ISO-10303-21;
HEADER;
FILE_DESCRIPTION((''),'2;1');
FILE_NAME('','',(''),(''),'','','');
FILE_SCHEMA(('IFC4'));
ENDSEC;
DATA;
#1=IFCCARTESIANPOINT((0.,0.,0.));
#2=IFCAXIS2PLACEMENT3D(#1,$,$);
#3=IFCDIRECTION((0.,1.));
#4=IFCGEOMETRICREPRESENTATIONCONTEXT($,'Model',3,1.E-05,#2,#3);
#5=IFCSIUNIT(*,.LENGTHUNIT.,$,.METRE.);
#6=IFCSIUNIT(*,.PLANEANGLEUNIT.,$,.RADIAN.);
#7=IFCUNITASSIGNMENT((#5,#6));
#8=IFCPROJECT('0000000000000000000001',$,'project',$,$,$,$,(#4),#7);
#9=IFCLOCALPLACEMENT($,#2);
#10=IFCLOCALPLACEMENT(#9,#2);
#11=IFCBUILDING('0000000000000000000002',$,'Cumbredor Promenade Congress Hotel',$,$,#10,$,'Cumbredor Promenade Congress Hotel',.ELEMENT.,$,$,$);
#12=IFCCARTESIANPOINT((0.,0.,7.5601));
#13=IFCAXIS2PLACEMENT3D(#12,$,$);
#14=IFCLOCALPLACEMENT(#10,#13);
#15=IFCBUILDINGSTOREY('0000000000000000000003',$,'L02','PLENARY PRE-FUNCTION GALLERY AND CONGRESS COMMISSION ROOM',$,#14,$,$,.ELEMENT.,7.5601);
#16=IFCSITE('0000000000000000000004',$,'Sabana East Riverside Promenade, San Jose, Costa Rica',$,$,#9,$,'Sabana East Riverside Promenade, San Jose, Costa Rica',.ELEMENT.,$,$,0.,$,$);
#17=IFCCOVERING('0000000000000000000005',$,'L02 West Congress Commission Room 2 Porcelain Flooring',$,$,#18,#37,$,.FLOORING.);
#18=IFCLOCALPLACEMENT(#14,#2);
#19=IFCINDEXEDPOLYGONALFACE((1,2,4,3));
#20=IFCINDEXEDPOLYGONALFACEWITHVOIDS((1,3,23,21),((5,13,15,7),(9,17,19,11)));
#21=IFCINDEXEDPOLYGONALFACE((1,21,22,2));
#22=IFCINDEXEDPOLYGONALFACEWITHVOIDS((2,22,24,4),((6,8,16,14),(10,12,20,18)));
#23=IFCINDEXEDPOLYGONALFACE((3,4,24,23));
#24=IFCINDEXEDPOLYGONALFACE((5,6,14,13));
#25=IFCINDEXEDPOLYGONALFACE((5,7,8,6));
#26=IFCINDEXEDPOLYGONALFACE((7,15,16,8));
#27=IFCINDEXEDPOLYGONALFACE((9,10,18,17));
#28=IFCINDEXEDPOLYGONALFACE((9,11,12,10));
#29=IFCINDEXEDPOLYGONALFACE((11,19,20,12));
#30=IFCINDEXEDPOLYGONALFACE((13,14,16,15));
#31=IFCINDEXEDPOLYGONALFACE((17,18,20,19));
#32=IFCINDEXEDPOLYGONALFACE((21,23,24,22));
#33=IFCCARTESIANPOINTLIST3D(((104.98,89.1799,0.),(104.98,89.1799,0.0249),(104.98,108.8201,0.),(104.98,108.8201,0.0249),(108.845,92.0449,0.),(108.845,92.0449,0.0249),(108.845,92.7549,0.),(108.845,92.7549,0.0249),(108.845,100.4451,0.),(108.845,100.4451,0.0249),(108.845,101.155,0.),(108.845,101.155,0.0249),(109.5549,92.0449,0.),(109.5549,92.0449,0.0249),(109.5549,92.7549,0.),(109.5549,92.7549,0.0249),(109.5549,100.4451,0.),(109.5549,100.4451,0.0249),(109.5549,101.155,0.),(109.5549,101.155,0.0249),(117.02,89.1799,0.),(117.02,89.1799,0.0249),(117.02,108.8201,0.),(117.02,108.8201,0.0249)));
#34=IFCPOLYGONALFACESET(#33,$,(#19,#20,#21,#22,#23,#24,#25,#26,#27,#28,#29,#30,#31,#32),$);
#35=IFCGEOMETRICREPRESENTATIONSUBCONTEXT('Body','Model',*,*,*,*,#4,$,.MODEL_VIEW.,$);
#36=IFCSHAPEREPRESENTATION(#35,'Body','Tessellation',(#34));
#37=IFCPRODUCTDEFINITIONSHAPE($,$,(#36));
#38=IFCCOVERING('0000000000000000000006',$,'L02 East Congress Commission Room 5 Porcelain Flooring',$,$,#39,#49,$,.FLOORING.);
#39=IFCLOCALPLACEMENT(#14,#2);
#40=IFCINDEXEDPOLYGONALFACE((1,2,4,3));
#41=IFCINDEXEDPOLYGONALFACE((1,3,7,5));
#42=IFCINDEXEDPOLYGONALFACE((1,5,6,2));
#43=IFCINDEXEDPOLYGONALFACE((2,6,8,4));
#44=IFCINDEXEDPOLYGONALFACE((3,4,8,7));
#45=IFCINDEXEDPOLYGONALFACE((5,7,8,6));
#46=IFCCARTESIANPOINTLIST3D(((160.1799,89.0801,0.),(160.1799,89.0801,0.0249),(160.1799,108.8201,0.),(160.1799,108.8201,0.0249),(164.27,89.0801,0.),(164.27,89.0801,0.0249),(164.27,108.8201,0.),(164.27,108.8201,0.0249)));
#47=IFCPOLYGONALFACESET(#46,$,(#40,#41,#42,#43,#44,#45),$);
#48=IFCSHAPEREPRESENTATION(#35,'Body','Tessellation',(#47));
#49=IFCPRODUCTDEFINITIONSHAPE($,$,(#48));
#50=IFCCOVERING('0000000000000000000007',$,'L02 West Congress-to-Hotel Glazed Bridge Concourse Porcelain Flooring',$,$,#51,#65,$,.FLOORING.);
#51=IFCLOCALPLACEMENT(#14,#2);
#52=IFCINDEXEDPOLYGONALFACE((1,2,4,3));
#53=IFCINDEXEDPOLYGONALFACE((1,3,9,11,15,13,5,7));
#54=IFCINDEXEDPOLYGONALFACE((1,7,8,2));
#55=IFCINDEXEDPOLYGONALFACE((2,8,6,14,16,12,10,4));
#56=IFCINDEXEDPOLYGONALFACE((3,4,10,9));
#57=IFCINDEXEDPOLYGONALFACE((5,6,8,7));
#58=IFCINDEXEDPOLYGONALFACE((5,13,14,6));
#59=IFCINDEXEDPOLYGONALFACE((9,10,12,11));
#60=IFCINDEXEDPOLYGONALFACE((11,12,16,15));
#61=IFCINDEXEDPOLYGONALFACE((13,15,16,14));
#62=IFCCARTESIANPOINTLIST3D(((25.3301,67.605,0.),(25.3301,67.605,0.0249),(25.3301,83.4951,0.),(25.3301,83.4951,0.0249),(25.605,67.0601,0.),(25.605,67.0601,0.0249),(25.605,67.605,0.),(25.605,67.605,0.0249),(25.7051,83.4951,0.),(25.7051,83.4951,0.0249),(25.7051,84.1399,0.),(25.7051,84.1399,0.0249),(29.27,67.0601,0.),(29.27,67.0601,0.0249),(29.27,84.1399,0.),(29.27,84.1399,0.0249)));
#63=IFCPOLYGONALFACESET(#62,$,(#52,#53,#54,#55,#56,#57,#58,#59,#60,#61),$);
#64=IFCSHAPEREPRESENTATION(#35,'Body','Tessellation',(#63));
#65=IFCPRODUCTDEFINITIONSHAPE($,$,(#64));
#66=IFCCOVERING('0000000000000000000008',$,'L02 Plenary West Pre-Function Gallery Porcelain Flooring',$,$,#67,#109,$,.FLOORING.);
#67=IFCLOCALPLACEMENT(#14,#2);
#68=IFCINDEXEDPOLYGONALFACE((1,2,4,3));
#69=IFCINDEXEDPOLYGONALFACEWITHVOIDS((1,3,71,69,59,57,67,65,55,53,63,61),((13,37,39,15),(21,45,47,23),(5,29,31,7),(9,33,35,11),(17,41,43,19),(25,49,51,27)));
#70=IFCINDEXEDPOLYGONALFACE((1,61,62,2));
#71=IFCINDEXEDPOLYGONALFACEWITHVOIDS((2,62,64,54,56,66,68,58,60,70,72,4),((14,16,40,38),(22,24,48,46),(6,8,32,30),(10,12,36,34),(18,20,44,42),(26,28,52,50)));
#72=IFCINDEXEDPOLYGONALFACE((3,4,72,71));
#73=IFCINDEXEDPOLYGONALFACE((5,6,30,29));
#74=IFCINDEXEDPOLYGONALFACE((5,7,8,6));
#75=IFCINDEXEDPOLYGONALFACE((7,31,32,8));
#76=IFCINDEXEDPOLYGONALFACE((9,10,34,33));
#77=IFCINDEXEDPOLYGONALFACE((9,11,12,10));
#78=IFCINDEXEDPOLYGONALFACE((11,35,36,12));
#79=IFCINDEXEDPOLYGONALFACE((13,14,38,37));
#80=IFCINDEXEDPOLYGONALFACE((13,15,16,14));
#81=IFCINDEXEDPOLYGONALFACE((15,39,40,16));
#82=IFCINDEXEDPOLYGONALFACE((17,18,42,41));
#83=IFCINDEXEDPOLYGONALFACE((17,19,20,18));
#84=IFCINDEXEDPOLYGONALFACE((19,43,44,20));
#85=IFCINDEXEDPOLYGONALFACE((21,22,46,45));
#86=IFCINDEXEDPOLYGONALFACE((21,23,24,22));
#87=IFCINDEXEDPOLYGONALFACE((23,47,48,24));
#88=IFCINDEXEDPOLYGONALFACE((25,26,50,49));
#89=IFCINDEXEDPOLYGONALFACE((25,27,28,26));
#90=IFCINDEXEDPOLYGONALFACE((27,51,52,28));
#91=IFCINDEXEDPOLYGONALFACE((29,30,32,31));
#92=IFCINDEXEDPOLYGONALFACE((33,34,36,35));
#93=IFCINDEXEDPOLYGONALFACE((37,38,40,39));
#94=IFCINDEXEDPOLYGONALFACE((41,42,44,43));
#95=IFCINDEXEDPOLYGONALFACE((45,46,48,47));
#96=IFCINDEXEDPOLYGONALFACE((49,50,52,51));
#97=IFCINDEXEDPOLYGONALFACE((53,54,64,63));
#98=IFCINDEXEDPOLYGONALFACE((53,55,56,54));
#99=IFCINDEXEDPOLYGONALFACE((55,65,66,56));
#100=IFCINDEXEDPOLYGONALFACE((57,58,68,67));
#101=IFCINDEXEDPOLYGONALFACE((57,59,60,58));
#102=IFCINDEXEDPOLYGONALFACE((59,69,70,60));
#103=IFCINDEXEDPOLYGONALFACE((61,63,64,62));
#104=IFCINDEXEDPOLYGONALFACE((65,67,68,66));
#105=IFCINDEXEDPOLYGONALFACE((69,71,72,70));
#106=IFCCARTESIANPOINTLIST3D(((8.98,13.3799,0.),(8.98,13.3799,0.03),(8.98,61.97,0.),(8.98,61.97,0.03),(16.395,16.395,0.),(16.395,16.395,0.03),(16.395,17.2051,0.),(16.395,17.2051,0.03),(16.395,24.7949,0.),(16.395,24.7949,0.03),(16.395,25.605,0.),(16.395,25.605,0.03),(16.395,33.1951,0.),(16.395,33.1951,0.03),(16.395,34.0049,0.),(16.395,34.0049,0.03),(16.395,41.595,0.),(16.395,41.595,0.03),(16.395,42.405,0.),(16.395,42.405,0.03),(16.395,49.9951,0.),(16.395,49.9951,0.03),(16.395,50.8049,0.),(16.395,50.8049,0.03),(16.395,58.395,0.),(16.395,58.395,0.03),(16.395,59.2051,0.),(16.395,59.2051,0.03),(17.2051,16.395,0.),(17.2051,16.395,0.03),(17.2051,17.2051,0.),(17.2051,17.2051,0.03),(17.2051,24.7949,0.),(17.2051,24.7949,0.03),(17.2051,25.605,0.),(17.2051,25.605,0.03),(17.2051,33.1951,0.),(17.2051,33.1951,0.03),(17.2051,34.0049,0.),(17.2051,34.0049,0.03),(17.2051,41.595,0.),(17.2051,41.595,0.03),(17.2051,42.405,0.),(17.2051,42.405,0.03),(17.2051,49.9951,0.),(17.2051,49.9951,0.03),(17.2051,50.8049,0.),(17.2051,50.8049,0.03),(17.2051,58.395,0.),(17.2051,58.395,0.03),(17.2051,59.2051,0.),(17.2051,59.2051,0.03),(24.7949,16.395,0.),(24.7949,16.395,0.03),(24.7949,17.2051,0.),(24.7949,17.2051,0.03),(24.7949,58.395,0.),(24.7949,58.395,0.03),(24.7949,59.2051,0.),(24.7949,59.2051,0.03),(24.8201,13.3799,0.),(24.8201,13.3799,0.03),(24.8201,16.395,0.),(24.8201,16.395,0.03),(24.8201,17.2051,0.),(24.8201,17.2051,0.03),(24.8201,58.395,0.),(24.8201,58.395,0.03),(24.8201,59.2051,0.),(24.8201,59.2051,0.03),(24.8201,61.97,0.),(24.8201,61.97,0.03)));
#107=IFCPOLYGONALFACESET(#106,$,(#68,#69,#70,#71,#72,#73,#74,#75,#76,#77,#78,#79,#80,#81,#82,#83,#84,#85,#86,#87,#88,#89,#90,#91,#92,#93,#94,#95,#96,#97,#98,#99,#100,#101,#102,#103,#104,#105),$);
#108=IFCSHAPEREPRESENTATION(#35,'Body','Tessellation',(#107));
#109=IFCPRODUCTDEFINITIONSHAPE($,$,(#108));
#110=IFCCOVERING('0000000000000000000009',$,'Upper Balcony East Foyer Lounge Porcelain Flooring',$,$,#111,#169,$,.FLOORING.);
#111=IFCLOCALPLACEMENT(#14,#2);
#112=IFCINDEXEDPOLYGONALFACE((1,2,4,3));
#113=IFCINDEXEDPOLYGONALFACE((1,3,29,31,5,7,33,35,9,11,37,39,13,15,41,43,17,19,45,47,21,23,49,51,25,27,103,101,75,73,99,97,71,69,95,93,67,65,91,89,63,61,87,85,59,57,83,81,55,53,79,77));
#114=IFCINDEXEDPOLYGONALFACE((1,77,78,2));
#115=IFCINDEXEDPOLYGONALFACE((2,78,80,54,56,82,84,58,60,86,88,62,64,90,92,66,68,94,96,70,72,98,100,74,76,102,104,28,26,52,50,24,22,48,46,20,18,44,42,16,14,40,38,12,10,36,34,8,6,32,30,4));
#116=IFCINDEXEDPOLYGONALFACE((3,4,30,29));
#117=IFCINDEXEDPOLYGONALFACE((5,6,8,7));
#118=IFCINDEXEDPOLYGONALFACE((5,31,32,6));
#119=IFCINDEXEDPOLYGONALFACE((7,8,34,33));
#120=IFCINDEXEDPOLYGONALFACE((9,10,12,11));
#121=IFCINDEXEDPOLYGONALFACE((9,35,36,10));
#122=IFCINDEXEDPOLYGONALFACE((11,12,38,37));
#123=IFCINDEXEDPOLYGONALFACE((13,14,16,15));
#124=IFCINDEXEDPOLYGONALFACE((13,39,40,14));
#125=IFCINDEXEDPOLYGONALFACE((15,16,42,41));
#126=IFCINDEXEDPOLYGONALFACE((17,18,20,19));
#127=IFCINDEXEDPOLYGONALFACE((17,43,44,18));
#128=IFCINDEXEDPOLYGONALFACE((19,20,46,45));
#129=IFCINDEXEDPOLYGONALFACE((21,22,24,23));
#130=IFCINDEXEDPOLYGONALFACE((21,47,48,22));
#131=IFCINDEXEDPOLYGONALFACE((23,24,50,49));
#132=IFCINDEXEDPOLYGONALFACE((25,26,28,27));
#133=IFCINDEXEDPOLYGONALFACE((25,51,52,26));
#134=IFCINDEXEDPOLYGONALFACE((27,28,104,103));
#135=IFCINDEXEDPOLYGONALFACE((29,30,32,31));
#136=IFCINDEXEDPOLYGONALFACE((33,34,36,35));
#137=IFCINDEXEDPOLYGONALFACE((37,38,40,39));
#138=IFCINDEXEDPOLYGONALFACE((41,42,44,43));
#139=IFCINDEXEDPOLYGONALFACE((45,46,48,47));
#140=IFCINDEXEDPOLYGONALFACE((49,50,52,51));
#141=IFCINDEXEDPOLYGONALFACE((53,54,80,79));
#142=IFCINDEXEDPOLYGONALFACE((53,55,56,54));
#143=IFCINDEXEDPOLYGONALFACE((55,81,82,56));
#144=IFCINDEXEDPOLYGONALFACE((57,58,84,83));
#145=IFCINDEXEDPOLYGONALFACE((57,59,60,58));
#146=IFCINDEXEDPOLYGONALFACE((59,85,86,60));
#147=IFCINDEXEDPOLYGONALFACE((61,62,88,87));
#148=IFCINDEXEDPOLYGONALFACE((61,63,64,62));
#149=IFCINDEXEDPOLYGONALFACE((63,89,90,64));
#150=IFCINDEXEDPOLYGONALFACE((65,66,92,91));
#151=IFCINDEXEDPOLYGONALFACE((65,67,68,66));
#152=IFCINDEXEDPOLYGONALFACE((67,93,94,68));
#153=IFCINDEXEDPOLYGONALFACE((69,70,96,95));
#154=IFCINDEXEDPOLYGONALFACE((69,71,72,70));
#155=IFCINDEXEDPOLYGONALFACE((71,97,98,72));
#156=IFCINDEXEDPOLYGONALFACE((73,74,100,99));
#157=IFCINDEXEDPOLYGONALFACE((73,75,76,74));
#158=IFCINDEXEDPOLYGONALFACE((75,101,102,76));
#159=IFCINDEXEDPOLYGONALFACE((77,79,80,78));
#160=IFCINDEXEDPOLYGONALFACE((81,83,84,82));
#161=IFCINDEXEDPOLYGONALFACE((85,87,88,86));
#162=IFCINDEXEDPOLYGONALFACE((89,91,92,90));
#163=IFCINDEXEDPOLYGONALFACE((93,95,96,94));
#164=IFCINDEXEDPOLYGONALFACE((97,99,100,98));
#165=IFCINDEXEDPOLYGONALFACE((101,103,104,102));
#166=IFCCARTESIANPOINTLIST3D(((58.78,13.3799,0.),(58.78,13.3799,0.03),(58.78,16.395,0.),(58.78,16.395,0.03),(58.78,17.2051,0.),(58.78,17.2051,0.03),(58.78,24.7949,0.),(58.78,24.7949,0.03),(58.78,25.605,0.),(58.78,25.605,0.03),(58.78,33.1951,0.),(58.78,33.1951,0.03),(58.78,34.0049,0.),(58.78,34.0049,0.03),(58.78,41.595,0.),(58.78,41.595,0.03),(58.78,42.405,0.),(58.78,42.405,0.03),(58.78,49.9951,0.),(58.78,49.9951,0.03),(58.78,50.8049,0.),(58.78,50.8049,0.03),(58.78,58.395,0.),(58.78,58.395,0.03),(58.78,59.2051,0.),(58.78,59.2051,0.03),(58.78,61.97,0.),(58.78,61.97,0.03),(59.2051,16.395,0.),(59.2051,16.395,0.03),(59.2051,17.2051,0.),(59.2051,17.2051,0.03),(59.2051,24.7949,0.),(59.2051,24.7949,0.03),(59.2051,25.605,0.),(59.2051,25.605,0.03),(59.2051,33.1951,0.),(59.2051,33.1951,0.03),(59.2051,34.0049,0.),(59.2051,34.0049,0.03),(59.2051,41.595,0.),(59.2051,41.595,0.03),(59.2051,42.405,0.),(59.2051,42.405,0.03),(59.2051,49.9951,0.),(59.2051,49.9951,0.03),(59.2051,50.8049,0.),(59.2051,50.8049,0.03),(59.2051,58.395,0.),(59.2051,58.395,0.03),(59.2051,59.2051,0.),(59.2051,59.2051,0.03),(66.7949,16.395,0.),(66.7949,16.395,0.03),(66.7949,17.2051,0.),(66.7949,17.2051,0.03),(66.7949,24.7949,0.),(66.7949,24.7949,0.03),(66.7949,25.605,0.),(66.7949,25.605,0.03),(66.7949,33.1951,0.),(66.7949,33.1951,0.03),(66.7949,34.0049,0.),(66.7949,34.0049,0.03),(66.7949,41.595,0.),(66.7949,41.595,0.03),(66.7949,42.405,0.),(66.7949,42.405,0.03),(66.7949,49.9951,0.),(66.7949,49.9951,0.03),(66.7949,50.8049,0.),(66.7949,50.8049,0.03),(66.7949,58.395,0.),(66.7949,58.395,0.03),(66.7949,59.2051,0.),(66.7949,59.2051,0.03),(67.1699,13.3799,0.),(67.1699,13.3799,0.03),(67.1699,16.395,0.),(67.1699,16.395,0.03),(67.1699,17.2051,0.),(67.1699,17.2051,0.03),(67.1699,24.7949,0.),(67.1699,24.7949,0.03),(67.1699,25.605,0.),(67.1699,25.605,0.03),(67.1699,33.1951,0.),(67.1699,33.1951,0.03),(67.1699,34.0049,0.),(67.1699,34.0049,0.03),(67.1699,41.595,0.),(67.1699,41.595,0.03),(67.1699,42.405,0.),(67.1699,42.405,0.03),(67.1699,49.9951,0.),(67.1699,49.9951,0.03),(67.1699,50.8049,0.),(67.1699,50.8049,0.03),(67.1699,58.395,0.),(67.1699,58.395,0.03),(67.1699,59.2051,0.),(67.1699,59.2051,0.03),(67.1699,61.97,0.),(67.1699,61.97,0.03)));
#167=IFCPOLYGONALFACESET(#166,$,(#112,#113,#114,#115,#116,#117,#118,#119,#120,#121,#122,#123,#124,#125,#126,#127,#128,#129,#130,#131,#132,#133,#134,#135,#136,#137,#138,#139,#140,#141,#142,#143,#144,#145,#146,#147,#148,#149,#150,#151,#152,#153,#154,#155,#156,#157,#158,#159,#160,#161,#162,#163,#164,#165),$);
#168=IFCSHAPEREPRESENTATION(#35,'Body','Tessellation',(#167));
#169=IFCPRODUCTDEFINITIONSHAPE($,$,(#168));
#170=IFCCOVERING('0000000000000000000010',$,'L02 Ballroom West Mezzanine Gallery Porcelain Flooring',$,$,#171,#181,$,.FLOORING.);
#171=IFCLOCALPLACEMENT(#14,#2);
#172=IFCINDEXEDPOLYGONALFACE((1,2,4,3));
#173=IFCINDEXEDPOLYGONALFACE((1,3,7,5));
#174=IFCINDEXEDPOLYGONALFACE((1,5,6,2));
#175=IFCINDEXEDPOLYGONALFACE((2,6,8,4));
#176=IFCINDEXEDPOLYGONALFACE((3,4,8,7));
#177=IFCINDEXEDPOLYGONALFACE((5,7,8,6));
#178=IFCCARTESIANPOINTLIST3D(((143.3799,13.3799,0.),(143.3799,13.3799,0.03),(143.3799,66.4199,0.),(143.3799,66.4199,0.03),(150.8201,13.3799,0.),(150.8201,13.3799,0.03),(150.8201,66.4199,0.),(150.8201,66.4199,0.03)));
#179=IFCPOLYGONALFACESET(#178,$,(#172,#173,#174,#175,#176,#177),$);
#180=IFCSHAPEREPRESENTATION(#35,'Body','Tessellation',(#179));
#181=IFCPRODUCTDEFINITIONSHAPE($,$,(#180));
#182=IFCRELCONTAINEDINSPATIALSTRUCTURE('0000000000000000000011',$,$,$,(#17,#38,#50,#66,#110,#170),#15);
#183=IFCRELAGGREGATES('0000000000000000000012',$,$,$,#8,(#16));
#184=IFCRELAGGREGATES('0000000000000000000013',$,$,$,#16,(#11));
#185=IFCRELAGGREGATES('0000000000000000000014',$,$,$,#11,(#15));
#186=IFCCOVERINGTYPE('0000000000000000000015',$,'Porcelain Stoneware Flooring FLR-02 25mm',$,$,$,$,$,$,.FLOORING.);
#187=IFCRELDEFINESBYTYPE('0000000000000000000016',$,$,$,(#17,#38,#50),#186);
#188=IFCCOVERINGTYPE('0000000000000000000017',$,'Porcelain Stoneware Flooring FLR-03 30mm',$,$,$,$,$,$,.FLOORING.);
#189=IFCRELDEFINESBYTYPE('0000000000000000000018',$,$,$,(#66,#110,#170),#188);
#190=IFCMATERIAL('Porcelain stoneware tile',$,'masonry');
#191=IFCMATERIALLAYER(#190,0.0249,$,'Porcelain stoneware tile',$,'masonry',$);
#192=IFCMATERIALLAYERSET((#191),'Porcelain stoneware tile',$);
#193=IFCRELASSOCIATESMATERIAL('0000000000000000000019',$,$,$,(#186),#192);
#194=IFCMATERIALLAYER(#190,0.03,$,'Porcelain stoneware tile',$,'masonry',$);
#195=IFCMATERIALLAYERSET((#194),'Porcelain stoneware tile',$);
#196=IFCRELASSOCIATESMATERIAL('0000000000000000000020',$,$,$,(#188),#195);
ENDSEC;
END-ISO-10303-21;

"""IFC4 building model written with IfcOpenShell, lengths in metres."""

from ifc_helpers import new_model, si_unit, direction, frame, origin, place, context, subcontext, project, spatial, polyline, outline, extrude, material, layer, layer_set, type_object, element, save


model = new_model("IFC4")

# Units and contexts
model_context = context("Model", 3, precision=1e-05, world=origin(), true_north=direction((0.0, 1.0)))
body_context = subcontext(model_context, "Body", "Model", "MODEL_VIEW")
ifc_project = project(units=[si_unit("LENGTHUNIT", "METRE"), si_unit("PLANEANGLEUNIT", "RADIAN")], contexts=[model_context])

# Site, building, storey
site_placement = place(None, origin())
site = spatial("IfcSite", under=ifc_project, at=site_placement, Name="Sabana East Riverside Promenade, San Jose, Costa Rica", LongName="Sabana East Riverside Promenade, San Jose, Costa Rica", CompositionType="ELEMENT", RefElevation=0.0)
building_placement = place(site_placement, origin())
building = spatial("IfcBuilding", under=site, at=building_placement, Name="Cumbredor Promenade Congress Hotel", LongName="Cumbredor Promenade Congress Hotel", CompositionType="ELEMENT")
storey_placement = place(building_placement, frame((0.0, 0.0, 7.5601)))
storey = spatial("IfcBuildingStorey", under=building, at=storey_placement, Name="L02", Description="PLENARY PRE-FUNCTION GALLERY AND CONGRESS COMMISSION ROOM", CompositionType="ELEMENT", Elevation=7.5601)

# Coverings
ifc_material_1 = material(Name="Porcelain stoneware tile", Category="masonry")
ifc_layer_1 = layer(ifc_material_1, 0.0249, Name="Porcelain stoneware tile", Category="masonry")
ifc_layer_set_1 = layer_set([ifc_layer_1], Name="Porcelain stoneware tile")
covering_type_1 = type_object("IfcCoveringType", Name="Porcelain Stoneware Flooring FLR-02 25mm", PredefinedType="FLOORING", material=ifc_layer_set_1)
covering_1_placement = place(storey_placement, origin())
element("IfcCovering", 1, at=covering_1_placement, inside=storey, type_object=covering_type_1, Name="L02 West Congress Commission Room 2 Porcelain Flooring", PredefinedType="FLOORING", context=body_context, shape_type="SweptSolid", body=[
    extrude(outline(polyline([(117.02, 89.1799), (104.98, 89.1799), (104.98, 108.8201), (117.02, 108.8201), (117.02, 89.1799)]), holes=[polyline([(108.845, 92.7549), (108.845, 92.0449), (109.5549, 92.0449), (109.5549, 92.7549), (108.845, 92.7549)]), polyline([(109.5549, 101.155), (108.845, 101.155), (108.845, 100.4451), (109.5549, 100.4451), (109.5549, 101.155)])]), origin(), (0.0, 0.0, 1.0), 0.0249),
])
covering_2_placement = place(storey_placement, origin())
element("IfcCovering", 2, at=covering_2_placement, inside=storey, type_object=covering_type_1, Name="L02 East Congress Commission Room 5 Porcelain Flooring", PredefinedType="FLOORING", context=body_context, shape_type="SweptSolid", body=[
    extrude(outline(polyline([(160.1799, 108.8201), (164.27, 108.8201), (164.27, 89.0801), (160.1799, 89.0801), (160.1799, 108.8201)])), origin(), (0.0, 0.0, 1.0), 0.0249),
])
covering_3_placement = place(storey_placement, origin())
element("IfcCovering", 3, at=covering_3_placement, inside=storey, type_object=covering_type_1, Name="L02 West Congress-to-Hotel Glazed Bridge Concourse Porcelain Flooring", PredefinedType="FLOORING", context=body_context, shape_type="SweptSolid", body=[
    extrude(outline(polyline([(29.27, 67.0601), (25.605, 67.0601), (25.605, 67.605), (25.3301, 67.605), (25.3301, 83.4951), (25.7051, 83.4951), (25.7051, 84.1399), (29.27, 84.1399), (29.27, 67.0601)])), origin(), (0.0, 0.0, 1.0), 0.0249),
])
ifc_layer_2 = layer(ifc_material_1, 0.03, Name="Porcelain stoneware tile", Category="masonry")
ifc_layer_set_2 = layer_set([ifc_layer_2], Name="Porcelain stoneware tile")
covering_type_2 = type_object("IfcCoveringType", Name="Porcelain Stoneware Flooring FLR-03 30mm", PredefinedType="FLOORING", material=ifc_layer_set_2)
covering_4_placement = place(storey_placement, origin())
element("IfcCovering", 4, at=covering_4_placement, inside=storey, type_object=covering_type_2, Name="L02 Plenary West Pre-Function Gallery Porcelain Flooring", PredefinedType="FLOORING", context=body_context, shape_type="SweptSolid", body=[
    extrude(outline(polyline([(8.98, 61.97), (24.8201, 61.97), (24.8201, 59.2051), (24.7949, 59.2051), (24.7949, 58.395), (24.8201, 58.395), (24.8201, 17.2051), (24.7949, 17.2051), (24.7949, 16.395), (24.8201, 16.395), (24.8201, 13.3799), (8.98, 13.3799), (8.98, 61.97)]), holes=[polyline([(17.2051, 16.395), (17.2051, 17.2051), (16.395, 17.2051), (16.395, 16.395), (17.2051, 16.395)]), polyline([(16.395, 24.7949), (17.2051, 24.7949), (17.2051, 25.605), (16.395, 25.605), (16.395, 24.7949)]), polyline([(16.395, 34.0049), (16.395, 33.1951), (17.2051, 33.1951), (17.2051, 34.0049), (16.395, 34.0049)]), polyline([(17.2051, 42.405), (16.395, 42.405), (16.395, 41.595), (17.2051, 41.595), (17.2051, 42.405)]), polyline([(17.2051, 49.9951), (17.2051, 50.8049), (16.395, 50.8049), (16.395, 49.9951), (17.2051, 49.9951)]), polyline([(16.395, 58.395), (17.2051, 58.395), (17.2051, 59.2051), (16.395, 59.2051), (16.395, 58.395)])]), origin(), (0.0, 0.0, 1.0), 0.03),
])
covering_5_placement = place(storey_placement, origin())
element("IfcCovering", 5, at=covering_5_placement, inside=storey, type_object=covering_type_2, Name="Upper Balcony East Foyer Lounge Porcelain Flooring", PredefinedType="FLOORING", context=body_context, shape_type="SweptSolid", body=[
    extrude(outline(polyline([(58.78, 33.1951), (59.2051, 33.1951), (59.2051, 34.0049), (58.78, 34.0049), (58.78, 41.595), (59.2051, 41.595), (59.2051, 42.405), (58.78, 42.405), (58.78, 49.9951), (59.2051, 49.9951), (59.2051, 50.8049), (58.78, 50.8049), (58.78, 58.395), (59.2051, 58.395), (59.2051, 59.2051), (58.78, 59.2051), (58.78, 61.97), (67.1699, 61.97), (67.1699, 59.2051), (66.7949, 59.2051), (66.7949, 58.395), (67.1699, 58.395), (67.1699, 50.8049), (66.7949, 50.8049), (66.7949, 49.9951), (67.1699, 49.9951), (67.1699, 42.405), (66.7949, 42.405), (66.7949, 41.595), (67.1699, 41.595), (67.1699, 34.0049), (66.7949, 34.0049), (66.7949, 33.1951), (67.1699, 33.1951), (67.1699, 25.605), (66.7949, 25.605), (66.7949, 24.7949), (67.1699, 24.7949), (67.1699, 17.2051), (66.7949, 17.2051), (66.7949, 16.395), (67.1699, 16.395), (67.1699, 13.3799), (58.78, 13.3799), (58.78, 16.395), (59.2051, 16.395), (59.2051, 17.2051), (58.78, 17.2051), (58.78, 24.7949), (59.2051, 24.7949), (59.2051, 25.605), (58.78, 25.605), (58.78, 33.1951)])), origin(), (0.0, 0.0, 1.0), 0.03),
])
covering_6_placement = place(storey_placement, origin())
element("IfcCovering", 6, at=covering_6_placement, inside=storey, type_object=covering_type_2, Name="L02 Ballroom West Mezzanine Gallery Porcelain Flooring", PredefinedType="FLOORING", context=body_context, shape_type="SweptSolid", body=[
    extrude(outline(polyline([(143.3799, 66.4199), (150.8201, 66.4199), (150.8201, 13.3799), (143.3799, 13.3799), (143.3799, 66.4199)])), origin(), (0.0, 0.0, 1.0), 0.03),
])

save(model, "model.ifc")
